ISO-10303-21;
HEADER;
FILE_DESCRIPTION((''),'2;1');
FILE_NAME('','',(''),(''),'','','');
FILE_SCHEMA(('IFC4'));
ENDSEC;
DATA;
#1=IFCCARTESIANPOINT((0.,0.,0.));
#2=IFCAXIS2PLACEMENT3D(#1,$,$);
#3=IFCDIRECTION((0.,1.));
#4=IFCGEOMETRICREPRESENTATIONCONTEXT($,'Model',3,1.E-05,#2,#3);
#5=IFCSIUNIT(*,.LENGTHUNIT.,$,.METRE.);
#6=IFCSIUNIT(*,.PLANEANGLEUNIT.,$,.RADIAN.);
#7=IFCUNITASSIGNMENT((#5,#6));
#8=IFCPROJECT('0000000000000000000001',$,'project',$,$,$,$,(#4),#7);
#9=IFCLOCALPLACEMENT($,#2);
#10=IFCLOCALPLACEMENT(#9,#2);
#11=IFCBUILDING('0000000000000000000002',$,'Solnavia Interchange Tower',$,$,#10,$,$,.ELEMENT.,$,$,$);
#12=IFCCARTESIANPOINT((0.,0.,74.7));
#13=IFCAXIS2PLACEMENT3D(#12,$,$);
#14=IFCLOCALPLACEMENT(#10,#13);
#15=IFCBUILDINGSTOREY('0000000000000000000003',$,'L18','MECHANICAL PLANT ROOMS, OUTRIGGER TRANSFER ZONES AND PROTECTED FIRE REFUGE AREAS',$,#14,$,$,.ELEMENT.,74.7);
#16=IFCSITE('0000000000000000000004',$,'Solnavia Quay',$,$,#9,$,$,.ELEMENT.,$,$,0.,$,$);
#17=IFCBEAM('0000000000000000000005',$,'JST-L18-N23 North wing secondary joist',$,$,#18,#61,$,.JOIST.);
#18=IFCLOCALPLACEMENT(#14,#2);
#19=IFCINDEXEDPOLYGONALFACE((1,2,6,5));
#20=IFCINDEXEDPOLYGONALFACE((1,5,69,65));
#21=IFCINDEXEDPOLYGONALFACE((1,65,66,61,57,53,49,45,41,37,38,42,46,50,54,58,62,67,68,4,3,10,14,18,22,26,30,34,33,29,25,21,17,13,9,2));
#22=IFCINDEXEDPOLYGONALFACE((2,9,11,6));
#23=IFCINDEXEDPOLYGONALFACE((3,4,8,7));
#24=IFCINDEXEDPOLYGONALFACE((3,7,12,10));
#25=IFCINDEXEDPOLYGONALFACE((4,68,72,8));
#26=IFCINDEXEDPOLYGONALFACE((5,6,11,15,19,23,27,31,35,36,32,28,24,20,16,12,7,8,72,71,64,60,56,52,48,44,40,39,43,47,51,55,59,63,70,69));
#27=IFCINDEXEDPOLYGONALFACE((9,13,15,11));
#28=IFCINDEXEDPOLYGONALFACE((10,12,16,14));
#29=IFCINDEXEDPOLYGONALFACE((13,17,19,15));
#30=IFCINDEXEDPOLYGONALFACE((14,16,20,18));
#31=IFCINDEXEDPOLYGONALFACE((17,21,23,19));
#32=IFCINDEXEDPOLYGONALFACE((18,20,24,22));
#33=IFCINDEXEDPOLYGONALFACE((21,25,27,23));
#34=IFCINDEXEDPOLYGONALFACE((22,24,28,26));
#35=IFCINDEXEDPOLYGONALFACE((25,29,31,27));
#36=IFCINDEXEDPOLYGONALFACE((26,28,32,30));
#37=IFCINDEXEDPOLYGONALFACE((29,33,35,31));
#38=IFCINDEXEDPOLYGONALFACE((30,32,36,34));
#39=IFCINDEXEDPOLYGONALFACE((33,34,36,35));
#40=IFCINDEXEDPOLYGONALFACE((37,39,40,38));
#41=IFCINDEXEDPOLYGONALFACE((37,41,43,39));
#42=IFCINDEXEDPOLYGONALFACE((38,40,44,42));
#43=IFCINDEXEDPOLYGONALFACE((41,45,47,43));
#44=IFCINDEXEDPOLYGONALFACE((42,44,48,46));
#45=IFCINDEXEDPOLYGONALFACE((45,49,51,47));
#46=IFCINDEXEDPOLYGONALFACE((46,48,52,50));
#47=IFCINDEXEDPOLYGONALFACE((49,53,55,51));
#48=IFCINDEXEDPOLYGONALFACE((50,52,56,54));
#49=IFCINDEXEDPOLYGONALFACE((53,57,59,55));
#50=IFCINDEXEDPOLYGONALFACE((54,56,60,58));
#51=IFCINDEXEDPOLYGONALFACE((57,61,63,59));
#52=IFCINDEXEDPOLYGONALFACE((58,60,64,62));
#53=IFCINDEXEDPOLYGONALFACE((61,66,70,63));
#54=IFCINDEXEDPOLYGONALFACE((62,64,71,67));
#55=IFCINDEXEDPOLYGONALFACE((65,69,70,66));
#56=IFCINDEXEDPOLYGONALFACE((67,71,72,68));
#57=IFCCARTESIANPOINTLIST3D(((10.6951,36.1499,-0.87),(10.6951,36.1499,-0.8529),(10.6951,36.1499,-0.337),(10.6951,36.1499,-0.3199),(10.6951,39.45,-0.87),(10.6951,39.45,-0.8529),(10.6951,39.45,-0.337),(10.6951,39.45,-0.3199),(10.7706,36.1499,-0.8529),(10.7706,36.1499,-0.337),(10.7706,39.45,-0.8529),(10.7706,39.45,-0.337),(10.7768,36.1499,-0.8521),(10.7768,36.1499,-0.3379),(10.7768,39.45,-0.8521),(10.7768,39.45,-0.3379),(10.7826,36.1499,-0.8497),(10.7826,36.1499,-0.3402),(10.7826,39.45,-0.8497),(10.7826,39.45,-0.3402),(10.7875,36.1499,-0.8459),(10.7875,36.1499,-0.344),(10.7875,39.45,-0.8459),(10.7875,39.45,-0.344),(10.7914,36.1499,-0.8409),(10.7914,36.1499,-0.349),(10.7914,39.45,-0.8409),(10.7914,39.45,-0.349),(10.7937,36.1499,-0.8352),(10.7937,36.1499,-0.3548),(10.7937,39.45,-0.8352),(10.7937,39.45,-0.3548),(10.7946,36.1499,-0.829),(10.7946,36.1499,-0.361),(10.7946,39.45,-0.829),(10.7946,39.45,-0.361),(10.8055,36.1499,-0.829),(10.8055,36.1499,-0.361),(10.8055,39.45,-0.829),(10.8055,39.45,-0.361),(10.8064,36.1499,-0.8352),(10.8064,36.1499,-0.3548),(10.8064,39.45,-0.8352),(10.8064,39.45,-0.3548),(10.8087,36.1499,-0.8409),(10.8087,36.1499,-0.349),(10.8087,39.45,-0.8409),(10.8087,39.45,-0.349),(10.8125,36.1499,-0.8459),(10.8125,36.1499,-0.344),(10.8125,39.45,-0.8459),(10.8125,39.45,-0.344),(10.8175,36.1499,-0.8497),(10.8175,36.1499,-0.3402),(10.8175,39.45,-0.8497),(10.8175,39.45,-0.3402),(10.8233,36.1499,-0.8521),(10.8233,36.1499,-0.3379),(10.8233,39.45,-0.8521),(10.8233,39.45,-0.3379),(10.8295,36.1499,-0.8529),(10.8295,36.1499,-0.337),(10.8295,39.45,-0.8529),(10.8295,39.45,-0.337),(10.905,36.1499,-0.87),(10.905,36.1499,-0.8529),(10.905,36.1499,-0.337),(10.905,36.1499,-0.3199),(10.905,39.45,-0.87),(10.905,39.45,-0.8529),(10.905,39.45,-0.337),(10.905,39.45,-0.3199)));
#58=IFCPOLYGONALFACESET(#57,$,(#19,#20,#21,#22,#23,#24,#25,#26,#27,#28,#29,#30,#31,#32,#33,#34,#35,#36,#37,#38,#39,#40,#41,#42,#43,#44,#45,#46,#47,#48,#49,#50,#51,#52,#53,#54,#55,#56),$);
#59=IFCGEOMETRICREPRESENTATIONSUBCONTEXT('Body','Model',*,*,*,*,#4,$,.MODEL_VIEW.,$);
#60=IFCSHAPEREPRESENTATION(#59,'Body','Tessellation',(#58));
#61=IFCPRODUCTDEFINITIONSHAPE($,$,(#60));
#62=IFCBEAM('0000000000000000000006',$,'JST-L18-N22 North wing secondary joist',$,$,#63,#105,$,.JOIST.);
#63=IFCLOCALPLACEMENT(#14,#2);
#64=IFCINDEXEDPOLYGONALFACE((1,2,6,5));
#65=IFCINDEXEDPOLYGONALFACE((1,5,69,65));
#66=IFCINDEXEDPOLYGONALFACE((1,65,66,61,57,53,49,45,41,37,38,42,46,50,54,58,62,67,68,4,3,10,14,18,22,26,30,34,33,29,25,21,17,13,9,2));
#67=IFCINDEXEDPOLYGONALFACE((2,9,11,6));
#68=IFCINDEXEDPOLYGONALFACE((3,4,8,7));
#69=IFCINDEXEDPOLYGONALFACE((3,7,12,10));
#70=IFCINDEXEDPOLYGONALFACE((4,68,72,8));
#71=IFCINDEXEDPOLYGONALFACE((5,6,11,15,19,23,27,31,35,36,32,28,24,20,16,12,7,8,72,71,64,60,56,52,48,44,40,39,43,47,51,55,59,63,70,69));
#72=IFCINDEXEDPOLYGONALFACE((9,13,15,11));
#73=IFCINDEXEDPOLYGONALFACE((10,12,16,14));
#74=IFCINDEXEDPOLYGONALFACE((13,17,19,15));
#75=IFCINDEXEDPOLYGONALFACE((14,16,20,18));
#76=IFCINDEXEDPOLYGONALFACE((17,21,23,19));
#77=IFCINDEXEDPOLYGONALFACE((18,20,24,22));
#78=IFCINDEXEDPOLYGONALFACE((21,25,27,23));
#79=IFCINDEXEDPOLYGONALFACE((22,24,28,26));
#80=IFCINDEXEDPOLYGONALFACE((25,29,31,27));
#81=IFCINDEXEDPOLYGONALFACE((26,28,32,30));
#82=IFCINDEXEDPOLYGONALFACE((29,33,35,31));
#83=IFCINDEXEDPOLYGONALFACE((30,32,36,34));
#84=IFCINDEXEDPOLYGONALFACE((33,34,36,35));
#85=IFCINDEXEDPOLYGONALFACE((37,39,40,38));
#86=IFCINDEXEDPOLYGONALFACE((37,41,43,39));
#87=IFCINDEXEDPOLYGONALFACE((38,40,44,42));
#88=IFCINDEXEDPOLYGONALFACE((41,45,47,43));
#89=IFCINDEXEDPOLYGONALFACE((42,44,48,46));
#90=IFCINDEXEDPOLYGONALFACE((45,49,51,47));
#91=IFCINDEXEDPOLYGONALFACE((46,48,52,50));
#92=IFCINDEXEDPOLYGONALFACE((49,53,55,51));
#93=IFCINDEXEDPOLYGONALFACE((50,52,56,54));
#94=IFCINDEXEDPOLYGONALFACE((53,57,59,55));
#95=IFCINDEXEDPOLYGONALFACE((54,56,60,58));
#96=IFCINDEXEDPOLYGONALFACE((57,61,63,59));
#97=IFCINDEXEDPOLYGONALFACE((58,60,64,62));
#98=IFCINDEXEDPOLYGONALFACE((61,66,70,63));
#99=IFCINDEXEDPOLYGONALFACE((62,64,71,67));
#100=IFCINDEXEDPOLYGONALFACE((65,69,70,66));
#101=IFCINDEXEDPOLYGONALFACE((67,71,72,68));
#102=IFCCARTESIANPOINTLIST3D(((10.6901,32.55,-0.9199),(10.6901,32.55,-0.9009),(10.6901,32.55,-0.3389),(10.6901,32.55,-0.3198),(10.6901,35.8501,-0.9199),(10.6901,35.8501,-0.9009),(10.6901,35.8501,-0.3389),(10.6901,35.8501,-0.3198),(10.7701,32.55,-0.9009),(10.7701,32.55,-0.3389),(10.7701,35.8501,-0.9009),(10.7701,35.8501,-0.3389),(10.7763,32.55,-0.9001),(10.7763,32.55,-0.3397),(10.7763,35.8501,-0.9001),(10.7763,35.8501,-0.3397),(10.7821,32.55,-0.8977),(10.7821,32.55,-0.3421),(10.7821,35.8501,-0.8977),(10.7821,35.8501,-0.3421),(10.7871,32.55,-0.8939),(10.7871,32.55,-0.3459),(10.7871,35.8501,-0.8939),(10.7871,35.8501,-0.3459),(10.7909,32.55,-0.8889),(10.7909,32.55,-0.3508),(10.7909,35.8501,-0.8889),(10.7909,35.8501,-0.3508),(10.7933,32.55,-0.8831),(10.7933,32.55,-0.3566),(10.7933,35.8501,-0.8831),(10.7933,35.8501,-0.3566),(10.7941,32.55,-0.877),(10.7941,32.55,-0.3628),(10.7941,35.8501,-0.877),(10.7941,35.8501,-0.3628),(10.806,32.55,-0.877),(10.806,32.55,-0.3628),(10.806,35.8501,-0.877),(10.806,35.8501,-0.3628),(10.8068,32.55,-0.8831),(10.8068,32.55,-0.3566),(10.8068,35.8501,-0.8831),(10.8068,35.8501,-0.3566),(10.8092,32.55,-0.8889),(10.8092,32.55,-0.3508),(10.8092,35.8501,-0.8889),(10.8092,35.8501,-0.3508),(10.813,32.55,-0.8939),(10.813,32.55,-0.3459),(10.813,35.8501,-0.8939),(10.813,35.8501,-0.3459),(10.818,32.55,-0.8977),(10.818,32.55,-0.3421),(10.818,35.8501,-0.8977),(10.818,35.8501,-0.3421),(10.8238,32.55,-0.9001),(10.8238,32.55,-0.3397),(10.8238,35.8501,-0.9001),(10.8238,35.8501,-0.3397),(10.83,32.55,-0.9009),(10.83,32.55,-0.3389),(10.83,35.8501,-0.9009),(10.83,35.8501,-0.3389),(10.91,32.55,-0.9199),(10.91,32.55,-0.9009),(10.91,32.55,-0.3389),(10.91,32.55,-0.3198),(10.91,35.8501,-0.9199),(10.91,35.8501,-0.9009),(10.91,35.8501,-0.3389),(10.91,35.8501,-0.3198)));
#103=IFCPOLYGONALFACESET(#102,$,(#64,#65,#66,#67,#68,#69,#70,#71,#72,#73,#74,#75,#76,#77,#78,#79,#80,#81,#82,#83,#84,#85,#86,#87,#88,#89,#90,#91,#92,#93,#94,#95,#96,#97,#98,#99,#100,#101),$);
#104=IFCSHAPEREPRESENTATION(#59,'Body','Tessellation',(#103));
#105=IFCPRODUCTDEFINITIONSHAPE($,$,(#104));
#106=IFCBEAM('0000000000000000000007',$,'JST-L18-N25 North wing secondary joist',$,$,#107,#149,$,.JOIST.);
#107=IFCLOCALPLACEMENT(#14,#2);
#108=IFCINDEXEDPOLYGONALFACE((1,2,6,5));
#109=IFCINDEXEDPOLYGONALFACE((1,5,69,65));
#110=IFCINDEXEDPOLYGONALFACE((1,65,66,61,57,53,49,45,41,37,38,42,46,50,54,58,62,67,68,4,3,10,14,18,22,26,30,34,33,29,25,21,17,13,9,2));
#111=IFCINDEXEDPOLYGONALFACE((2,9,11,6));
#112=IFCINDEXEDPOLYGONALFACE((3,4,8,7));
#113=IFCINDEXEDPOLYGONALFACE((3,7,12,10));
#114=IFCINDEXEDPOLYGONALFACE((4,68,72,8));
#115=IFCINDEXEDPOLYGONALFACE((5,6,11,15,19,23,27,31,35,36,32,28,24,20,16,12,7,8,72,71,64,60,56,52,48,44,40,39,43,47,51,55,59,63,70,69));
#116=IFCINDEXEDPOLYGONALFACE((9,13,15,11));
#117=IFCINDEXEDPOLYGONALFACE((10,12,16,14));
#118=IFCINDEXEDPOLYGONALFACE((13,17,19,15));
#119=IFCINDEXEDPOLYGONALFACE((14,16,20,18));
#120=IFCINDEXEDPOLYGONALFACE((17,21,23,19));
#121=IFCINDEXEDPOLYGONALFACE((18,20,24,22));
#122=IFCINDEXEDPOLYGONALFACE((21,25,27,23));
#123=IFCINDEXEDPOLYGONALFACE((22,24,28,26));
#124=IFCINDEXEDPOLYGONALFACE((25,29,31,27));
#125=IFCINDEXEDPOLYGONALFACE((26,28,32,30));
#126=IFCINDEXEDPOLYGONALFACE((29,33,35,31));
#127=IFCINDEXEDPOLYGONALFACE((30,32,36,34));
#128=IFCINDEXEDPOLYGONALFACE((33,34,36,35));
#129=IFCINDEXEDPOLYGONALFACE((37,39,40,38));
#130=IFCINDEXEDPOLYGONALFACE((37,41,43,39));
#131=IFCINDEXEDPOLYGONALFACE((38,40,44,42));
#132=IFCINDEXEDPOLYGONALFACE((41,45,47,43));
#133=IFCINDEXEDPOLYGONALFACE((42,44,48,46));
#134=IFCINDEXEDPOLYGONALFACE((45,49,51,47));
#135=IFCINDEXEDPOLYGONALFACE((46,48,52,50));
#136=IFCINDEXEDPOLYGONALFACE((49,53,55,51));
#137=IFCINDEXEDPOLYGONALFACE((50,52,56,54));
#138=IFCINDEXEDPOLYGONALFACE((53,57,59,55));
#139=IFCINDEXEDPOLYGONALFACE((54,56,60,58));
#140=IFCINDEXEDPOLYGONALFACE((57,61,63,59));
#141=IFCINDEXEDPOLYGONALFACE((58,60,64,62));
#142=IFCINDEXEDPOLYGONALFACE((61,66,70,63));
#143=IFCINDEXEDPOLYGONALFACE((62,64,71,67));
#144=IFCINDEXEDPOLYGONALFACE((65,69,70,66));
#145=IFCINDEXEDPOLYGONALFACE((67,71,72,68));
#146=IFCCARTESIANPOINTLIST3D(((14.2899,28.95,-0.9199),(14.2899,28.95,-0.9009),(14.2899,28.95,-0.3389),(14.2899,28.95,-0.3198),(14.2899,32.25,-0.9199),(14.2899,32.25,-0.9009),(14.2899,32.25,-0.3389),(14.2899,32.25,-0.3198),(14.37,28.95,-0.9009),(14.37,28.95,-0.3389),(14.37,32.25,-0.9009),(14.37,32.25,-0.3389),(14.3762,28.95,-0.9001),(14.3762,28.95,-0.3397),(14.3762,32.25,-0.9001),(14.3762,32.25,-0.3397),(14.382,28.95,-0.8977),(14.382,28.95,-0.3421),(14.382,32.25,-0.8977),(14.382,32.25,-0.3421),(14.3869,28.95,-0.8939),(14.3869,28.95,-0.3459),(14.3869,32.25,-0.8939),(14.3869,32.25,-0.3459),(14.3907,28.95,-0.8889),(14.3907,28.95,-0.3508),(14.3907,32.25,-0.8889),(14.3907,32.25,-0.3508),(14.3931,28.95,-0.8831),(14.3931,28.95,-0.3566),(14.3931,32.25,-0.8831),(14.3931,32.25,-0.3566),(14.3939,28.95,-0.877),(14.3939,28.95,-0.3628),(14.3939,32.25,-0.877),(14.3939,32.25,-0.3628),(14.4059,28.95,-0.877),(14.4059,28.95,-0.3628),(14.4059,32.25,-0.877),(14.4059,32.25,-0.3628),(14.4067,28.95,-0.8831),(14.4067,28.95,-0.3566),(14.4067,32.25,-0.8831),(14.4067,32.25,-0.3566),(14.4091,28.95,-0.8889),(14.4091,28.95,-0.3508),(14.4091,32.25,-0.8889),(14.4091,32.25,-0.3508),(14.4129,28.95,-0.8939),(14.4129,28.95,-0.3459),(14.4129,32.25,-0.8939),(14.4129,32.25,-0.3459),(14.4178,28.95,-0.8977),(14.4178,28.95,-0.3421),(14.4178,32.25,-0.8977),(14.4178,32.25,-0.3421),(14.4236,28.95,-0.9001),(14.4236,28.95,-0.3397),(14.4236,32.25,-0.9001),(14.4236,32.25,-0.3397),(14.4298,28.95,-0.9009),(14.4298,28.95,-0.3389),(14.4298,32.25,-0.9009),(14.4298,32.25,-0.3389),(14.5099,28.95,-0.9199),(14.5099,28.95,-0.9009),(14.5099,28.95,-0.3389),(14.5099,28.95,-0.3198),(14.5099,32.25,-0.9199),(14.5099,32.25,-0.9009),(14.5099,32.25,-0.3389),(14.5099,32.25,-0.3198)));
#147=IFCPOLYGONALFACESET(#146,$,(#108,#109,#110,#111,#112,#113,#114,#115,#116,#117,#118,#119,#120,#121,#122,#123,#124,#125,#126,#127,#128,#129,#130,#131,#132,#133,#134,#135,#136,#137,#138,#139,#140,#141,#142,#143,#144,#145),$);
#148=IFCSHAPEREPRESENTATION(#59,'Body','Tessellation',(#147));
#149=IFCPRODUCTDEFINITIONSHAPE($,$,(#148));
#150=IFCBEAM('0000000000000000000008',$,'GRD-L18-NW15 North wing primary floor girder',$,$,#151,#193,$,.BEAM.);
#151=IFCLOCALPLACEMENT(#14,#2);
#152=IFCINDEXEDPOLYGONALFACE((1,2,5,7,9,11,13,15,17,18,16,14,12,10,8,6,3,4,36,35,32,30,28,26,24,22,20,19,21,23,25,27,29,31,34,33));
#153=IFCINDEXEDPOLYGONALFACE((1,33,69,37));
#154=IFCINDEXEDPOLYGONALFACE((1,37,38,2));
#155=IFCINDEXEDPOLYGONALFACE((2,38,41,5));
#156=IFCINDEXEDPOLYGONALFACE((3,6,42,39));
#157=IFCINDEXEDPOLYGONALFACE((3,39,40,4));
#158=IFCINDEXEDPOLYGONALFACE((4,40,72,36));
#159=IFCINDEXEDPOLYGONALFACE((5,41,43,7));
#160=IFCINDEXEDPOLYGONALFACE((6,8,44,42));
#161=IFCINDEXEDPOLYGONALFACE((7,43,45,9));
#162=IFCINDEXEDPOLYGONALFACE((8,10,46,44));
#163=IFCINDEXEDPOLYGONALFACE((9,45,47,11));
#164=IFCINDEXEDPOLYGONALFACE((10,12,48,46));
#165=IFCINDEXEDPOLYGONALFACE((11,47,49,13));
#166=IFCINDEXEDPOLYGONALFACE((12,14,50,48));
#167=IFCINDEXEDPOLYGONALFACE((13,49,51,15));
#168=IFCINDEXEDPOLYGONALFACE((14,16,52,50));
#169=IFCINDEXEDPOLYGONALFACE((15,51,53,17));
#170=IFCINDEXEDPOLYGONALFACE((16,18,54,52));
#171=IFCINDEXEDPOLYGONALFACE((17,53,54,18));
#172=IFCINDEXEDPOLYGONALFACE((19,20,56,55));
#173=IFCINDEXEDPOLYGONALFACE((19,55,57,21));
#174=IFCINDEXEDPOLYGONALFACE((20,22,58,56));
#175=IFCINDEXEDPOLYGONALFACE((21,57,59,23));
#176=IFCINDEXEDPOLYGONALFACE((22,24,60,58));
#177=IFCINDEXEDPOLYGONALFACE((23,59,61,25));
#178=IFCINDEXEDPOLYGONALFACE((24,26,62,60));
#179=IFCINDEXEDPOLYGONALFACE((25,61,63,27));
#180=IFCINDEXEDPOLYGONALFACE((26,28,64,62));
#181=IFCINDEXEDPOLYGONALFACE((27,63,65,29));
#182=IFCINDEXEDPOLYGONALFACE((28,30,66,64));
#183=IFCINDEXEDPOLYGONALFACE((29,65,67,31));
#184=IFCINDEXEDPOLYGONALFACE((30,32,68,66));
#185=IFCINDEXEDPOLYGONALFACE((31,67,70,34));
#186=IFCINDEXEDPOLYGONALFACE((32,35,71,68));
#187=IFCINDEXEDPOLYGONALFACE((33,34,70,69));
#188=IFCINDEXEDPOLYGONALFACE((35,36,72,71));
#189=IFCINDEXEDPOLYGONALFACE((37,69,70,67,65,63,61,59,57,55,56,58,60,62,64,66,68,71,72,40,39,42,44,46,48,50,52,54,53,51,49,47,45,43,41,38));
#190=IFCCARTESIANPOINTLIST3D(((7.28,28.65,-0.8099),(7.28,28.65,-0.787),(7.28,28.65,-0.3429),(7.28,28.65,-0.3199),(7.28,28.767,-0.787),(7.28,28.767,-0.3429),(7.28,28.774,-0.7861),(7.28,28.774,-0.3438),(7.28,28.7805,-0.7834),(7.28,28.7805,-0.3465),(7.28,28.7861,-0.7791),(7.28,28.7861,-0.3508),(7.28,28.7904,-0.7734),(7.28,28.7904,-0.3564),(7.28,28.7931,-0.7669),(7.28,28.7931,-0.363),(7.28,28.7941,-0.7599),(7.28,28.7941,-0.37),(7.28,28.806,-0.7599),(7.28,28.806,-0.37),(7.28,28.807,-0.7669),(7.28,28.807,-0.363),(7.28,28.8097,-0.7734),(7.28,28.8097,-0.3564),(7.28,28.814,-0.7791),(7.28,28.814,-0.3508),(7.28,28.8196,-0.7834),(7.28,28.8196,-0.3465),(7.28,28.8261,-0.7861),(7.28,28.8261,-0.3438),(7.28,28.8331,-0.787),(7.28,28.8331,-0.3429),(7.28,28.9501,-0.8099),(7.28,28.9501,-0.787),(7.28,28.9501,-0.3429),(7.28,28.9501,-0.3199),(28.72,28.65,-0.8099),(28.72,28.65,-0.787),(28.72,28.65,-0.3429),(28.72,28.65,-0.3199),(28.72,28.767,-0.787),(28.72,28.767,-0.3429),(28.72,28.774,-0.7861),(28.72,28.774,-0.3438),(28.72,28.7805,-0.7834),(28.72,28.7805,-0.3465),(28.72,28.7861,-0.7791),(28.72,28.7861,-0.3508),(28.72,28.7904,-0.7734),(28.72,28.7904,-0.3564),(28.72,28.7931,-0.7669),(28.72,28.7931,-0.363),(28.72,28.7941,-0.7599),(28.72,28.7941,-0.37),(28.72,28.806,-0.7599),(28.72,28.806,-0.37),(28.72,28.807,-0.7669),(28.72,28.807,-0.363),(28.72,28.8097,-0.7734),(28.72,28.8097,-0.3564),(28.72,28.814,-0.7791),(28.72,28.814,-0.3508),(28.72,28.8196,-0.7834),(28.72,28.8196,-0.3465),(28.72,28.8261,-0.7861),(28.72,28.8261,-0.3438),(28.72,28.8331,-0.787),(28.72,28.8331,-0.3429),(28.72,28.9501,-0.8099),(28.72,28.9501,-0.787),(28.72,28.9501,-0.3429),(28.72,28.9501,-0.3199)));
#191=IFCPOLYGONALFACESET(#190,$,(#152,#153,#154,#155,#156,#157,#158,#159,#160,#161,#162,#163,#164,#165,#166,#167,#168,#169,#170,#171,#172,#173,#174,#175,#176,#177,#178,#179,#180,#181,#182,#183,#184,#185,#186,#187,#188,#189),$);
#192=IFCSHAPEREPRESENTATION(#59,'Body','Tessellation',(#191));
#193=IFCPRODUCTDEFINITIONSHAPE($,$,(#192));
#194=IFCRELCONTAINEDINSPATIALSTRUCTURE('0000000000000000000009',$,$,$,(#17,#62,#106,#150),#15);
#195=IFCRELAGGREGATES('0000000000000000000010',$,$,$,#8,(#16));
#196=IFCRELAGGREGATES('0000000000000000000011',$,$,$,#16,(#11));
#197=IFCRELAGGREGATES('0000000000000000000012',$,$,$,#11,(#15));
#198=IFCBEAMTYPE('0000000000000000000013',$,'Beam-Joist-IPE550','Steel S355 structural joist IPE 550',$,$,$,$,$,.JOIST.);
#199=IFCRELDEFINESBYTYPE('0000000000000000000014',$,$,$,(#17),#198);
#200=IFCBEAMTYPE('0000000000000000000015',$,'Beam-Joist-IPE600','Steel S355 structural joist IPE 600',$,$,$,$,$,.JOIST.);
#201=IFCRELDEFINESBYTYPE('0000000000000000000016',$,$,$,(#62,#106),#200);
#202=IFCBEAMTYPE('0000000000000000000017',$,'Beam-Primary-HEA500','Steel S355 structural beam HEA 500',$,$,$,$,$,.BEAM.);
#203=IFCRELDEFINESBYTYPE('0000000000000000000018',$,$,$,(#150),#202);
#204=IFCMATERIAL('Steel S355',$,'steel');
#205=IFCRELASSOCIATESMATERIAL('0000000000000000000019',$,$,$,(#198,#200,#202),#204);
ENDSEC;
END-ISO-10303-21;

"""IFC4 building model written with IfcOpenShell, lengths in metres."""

from ifc_helpers import new_model, si_unit, direction, frame, origin, origin_2d, place, context, subcontext, project, spatial, i_section, extrude, material, material_profile, profile_set, type_object, element, save


model = new_model("IFC4")

# Units and contexts
model_context = context("Model", 3, precision=1e-05, world=origin(), true_north=direction((0.0, 1.0)))
body_context = subcontext(model_context, "Body", "Model", "MODEL_VIEW")
ifc_project = project(units=[si_unit("LENGTHUNIT", "METRE"), si_unit("PLANEANGLEUNIT", "RADIAN")], contexts=[model_context])

# Site, building, storey
site_placement = place(None, origin())
site = spatial("IfcSite", under=ifc_project, at=site_placement, Name="Solnavia Quay", CompositionType="ELEMENT", RefElevation=0.0)
building_placement = place(site_placement, origin())
building = spatial("IfcBuilding", under=site, at=building_placement, Name="Solnavia Interchange Tower", CompositionType="ELEMENT")
storey_placement = place(building_placement, frame((0.0, 0.0, 74.7)))
storey = spatial("IfcBuildingStorey", under=building, at=storey_placement, Name="L18", Description="MECHANICAL PLANT ROOMS, OUTRIGGER TRANSFER ZONES AND PROTECTED FIRE REFUGE AREAS", CompositionType="ELEMENT", Elevation=74.7)

# Beams
ifc_material_1 = material(Name="Steel S355", Category="steel")
ifc_material_profile_1 = material_profile(ifc_material_1, i_section(OverallWidth=0.21, OverallDepth=0.55, WebThickness=0.011, FlangeThickness=0.0171, FilletRadius=0.0239, at=origin_2d()), Name="IPE 550")
ifc_profile_set_1 = profile_set([ifc_material_profile_1], Name="Steel S355")
beam_type_1 = type_object("IfcBeamType", Name="Beam-Joist-IPE550", Description="Steel S355 structural joist IPE 550", PredefinedType="JOIST", material=ifc_profile_set_1)
beam_1_placement = place(storey_placement, frame((10.8, 36.1499, -0.595), z_axis=(0.0, 1.0, 0.0), x_axis=(-1.0, 0.0, 0.0)))
element("IfcBeam", 1, at=beam_1_placement, inside=storey, type_object=beam_type_1, Name="JST-L18-N23 North wing secondary joist", PredefinedType="JOIST", context=body_context, shape_type="SweptSolid", body=[
    extrude(i_section(OverallWidth=0.21, OverallDepth=0.55, WebThickness=0.011, FlangeThickness=0.0171, FilletRadius=0.0239, at=origin_2d()), origin(), (0.0, 0.0, 1.0), 3.3),
])
ifc_material_profile_2 = material_profile(ifc_material_1, i_section(OverallWidth=0.22, OverallDepth=0.6001, WebThickness=0.012, FlangeThickness=0.019, FilletRadius=0.0239, at=origin_2d()), Name="IPE 600")
ifc_profile_set_2 = profile_set([ifc_material_profile_2], Name="Steel S355")
beam_type_2 = type_object("IfcBeamType", Name="Beam-Joist-IPE600", Description="Steel S355 structural joist IPE 600", PredefinedType="JOIST", material=ifc_profile_set_2)
for number, where, z_axis, x_axis, name in (
    (2, (10.8, 32.55, -0.6199), (0.0, 1.0, 0.0), (-1.0, 0.0, 0.0), "JST-L18-N22 North wing secondary joist"),
    (3, (14.3999, 28.95, -0.6199), (0.0, 1.0, 0.0), (-1.0, 0.0, 0.0), "JST-L18-N25 North wing secondary joist"),
):
    element("IfcBeam", number, at=place(storey_placement, frame(where, z_axis=z_axis, x_axis=x_axis)), inside=storey, type_object=beam_type_2, Name=name, PredefinedType="JOIST", context=body_context, shape_type="SweptSolid", body=[
        extrude(i_section(OverallWidth=0.22, OverallDepth=0.6001, WebThickness=0.012, FlangeThickness=0.019, FilletRadius=0.0239, at=origin_2d()), origin(), (0.0, 0.0, 1.0), 3.3),
    ])
ifc_material_profile_3 = material_profile(ifc_material_1, i_section(OverallWidth=0.3, OverallDepth=0.49, WebThickness=0.012, FlangeThickness=0.0229, FilletRadius=0.0271, at=origin_2d()), Name="HEA 500")
ifc_profile_set_3 = profile_set([ifc_material_profile_3], Name="Steel S355")
beam_type_3 = type_object("IfcBeamType", Name="Beam-Primary-HEA500", Description="Steel S355 structural beam HEA 500", PredefinedType="BEAM", material=ifc_profile_set_3)
for number, where, z_axis, x_axis, name in (
    (4, (7.28, 28.8, -0.5649), (1.0, 0.0, 0.0), (0.0, 1.0, 0.0), "GRD-L18-NW15 North wing primary floor girder"),
):
    element("IfcBeam", number, at=place(storey_placement, frame(where, z_axis=z_axis, x_axis=x_axis)), inside=storey, type_object=beam_type_3, Name=name, PredefinedType="BEAM", context=body_context, shape_type="SweptSolid", body=[
        extrude(i_section(OverallWidth=0.3, OverallDepth=0.49, WebThickness=0.012, FlangeThickness=0.0229, FilletRadius=0.0271, at=origin_2d()), origin(), (0.0, 0.0, 1.0), 21.4399),
    ])

save(model, "model.ifc")
